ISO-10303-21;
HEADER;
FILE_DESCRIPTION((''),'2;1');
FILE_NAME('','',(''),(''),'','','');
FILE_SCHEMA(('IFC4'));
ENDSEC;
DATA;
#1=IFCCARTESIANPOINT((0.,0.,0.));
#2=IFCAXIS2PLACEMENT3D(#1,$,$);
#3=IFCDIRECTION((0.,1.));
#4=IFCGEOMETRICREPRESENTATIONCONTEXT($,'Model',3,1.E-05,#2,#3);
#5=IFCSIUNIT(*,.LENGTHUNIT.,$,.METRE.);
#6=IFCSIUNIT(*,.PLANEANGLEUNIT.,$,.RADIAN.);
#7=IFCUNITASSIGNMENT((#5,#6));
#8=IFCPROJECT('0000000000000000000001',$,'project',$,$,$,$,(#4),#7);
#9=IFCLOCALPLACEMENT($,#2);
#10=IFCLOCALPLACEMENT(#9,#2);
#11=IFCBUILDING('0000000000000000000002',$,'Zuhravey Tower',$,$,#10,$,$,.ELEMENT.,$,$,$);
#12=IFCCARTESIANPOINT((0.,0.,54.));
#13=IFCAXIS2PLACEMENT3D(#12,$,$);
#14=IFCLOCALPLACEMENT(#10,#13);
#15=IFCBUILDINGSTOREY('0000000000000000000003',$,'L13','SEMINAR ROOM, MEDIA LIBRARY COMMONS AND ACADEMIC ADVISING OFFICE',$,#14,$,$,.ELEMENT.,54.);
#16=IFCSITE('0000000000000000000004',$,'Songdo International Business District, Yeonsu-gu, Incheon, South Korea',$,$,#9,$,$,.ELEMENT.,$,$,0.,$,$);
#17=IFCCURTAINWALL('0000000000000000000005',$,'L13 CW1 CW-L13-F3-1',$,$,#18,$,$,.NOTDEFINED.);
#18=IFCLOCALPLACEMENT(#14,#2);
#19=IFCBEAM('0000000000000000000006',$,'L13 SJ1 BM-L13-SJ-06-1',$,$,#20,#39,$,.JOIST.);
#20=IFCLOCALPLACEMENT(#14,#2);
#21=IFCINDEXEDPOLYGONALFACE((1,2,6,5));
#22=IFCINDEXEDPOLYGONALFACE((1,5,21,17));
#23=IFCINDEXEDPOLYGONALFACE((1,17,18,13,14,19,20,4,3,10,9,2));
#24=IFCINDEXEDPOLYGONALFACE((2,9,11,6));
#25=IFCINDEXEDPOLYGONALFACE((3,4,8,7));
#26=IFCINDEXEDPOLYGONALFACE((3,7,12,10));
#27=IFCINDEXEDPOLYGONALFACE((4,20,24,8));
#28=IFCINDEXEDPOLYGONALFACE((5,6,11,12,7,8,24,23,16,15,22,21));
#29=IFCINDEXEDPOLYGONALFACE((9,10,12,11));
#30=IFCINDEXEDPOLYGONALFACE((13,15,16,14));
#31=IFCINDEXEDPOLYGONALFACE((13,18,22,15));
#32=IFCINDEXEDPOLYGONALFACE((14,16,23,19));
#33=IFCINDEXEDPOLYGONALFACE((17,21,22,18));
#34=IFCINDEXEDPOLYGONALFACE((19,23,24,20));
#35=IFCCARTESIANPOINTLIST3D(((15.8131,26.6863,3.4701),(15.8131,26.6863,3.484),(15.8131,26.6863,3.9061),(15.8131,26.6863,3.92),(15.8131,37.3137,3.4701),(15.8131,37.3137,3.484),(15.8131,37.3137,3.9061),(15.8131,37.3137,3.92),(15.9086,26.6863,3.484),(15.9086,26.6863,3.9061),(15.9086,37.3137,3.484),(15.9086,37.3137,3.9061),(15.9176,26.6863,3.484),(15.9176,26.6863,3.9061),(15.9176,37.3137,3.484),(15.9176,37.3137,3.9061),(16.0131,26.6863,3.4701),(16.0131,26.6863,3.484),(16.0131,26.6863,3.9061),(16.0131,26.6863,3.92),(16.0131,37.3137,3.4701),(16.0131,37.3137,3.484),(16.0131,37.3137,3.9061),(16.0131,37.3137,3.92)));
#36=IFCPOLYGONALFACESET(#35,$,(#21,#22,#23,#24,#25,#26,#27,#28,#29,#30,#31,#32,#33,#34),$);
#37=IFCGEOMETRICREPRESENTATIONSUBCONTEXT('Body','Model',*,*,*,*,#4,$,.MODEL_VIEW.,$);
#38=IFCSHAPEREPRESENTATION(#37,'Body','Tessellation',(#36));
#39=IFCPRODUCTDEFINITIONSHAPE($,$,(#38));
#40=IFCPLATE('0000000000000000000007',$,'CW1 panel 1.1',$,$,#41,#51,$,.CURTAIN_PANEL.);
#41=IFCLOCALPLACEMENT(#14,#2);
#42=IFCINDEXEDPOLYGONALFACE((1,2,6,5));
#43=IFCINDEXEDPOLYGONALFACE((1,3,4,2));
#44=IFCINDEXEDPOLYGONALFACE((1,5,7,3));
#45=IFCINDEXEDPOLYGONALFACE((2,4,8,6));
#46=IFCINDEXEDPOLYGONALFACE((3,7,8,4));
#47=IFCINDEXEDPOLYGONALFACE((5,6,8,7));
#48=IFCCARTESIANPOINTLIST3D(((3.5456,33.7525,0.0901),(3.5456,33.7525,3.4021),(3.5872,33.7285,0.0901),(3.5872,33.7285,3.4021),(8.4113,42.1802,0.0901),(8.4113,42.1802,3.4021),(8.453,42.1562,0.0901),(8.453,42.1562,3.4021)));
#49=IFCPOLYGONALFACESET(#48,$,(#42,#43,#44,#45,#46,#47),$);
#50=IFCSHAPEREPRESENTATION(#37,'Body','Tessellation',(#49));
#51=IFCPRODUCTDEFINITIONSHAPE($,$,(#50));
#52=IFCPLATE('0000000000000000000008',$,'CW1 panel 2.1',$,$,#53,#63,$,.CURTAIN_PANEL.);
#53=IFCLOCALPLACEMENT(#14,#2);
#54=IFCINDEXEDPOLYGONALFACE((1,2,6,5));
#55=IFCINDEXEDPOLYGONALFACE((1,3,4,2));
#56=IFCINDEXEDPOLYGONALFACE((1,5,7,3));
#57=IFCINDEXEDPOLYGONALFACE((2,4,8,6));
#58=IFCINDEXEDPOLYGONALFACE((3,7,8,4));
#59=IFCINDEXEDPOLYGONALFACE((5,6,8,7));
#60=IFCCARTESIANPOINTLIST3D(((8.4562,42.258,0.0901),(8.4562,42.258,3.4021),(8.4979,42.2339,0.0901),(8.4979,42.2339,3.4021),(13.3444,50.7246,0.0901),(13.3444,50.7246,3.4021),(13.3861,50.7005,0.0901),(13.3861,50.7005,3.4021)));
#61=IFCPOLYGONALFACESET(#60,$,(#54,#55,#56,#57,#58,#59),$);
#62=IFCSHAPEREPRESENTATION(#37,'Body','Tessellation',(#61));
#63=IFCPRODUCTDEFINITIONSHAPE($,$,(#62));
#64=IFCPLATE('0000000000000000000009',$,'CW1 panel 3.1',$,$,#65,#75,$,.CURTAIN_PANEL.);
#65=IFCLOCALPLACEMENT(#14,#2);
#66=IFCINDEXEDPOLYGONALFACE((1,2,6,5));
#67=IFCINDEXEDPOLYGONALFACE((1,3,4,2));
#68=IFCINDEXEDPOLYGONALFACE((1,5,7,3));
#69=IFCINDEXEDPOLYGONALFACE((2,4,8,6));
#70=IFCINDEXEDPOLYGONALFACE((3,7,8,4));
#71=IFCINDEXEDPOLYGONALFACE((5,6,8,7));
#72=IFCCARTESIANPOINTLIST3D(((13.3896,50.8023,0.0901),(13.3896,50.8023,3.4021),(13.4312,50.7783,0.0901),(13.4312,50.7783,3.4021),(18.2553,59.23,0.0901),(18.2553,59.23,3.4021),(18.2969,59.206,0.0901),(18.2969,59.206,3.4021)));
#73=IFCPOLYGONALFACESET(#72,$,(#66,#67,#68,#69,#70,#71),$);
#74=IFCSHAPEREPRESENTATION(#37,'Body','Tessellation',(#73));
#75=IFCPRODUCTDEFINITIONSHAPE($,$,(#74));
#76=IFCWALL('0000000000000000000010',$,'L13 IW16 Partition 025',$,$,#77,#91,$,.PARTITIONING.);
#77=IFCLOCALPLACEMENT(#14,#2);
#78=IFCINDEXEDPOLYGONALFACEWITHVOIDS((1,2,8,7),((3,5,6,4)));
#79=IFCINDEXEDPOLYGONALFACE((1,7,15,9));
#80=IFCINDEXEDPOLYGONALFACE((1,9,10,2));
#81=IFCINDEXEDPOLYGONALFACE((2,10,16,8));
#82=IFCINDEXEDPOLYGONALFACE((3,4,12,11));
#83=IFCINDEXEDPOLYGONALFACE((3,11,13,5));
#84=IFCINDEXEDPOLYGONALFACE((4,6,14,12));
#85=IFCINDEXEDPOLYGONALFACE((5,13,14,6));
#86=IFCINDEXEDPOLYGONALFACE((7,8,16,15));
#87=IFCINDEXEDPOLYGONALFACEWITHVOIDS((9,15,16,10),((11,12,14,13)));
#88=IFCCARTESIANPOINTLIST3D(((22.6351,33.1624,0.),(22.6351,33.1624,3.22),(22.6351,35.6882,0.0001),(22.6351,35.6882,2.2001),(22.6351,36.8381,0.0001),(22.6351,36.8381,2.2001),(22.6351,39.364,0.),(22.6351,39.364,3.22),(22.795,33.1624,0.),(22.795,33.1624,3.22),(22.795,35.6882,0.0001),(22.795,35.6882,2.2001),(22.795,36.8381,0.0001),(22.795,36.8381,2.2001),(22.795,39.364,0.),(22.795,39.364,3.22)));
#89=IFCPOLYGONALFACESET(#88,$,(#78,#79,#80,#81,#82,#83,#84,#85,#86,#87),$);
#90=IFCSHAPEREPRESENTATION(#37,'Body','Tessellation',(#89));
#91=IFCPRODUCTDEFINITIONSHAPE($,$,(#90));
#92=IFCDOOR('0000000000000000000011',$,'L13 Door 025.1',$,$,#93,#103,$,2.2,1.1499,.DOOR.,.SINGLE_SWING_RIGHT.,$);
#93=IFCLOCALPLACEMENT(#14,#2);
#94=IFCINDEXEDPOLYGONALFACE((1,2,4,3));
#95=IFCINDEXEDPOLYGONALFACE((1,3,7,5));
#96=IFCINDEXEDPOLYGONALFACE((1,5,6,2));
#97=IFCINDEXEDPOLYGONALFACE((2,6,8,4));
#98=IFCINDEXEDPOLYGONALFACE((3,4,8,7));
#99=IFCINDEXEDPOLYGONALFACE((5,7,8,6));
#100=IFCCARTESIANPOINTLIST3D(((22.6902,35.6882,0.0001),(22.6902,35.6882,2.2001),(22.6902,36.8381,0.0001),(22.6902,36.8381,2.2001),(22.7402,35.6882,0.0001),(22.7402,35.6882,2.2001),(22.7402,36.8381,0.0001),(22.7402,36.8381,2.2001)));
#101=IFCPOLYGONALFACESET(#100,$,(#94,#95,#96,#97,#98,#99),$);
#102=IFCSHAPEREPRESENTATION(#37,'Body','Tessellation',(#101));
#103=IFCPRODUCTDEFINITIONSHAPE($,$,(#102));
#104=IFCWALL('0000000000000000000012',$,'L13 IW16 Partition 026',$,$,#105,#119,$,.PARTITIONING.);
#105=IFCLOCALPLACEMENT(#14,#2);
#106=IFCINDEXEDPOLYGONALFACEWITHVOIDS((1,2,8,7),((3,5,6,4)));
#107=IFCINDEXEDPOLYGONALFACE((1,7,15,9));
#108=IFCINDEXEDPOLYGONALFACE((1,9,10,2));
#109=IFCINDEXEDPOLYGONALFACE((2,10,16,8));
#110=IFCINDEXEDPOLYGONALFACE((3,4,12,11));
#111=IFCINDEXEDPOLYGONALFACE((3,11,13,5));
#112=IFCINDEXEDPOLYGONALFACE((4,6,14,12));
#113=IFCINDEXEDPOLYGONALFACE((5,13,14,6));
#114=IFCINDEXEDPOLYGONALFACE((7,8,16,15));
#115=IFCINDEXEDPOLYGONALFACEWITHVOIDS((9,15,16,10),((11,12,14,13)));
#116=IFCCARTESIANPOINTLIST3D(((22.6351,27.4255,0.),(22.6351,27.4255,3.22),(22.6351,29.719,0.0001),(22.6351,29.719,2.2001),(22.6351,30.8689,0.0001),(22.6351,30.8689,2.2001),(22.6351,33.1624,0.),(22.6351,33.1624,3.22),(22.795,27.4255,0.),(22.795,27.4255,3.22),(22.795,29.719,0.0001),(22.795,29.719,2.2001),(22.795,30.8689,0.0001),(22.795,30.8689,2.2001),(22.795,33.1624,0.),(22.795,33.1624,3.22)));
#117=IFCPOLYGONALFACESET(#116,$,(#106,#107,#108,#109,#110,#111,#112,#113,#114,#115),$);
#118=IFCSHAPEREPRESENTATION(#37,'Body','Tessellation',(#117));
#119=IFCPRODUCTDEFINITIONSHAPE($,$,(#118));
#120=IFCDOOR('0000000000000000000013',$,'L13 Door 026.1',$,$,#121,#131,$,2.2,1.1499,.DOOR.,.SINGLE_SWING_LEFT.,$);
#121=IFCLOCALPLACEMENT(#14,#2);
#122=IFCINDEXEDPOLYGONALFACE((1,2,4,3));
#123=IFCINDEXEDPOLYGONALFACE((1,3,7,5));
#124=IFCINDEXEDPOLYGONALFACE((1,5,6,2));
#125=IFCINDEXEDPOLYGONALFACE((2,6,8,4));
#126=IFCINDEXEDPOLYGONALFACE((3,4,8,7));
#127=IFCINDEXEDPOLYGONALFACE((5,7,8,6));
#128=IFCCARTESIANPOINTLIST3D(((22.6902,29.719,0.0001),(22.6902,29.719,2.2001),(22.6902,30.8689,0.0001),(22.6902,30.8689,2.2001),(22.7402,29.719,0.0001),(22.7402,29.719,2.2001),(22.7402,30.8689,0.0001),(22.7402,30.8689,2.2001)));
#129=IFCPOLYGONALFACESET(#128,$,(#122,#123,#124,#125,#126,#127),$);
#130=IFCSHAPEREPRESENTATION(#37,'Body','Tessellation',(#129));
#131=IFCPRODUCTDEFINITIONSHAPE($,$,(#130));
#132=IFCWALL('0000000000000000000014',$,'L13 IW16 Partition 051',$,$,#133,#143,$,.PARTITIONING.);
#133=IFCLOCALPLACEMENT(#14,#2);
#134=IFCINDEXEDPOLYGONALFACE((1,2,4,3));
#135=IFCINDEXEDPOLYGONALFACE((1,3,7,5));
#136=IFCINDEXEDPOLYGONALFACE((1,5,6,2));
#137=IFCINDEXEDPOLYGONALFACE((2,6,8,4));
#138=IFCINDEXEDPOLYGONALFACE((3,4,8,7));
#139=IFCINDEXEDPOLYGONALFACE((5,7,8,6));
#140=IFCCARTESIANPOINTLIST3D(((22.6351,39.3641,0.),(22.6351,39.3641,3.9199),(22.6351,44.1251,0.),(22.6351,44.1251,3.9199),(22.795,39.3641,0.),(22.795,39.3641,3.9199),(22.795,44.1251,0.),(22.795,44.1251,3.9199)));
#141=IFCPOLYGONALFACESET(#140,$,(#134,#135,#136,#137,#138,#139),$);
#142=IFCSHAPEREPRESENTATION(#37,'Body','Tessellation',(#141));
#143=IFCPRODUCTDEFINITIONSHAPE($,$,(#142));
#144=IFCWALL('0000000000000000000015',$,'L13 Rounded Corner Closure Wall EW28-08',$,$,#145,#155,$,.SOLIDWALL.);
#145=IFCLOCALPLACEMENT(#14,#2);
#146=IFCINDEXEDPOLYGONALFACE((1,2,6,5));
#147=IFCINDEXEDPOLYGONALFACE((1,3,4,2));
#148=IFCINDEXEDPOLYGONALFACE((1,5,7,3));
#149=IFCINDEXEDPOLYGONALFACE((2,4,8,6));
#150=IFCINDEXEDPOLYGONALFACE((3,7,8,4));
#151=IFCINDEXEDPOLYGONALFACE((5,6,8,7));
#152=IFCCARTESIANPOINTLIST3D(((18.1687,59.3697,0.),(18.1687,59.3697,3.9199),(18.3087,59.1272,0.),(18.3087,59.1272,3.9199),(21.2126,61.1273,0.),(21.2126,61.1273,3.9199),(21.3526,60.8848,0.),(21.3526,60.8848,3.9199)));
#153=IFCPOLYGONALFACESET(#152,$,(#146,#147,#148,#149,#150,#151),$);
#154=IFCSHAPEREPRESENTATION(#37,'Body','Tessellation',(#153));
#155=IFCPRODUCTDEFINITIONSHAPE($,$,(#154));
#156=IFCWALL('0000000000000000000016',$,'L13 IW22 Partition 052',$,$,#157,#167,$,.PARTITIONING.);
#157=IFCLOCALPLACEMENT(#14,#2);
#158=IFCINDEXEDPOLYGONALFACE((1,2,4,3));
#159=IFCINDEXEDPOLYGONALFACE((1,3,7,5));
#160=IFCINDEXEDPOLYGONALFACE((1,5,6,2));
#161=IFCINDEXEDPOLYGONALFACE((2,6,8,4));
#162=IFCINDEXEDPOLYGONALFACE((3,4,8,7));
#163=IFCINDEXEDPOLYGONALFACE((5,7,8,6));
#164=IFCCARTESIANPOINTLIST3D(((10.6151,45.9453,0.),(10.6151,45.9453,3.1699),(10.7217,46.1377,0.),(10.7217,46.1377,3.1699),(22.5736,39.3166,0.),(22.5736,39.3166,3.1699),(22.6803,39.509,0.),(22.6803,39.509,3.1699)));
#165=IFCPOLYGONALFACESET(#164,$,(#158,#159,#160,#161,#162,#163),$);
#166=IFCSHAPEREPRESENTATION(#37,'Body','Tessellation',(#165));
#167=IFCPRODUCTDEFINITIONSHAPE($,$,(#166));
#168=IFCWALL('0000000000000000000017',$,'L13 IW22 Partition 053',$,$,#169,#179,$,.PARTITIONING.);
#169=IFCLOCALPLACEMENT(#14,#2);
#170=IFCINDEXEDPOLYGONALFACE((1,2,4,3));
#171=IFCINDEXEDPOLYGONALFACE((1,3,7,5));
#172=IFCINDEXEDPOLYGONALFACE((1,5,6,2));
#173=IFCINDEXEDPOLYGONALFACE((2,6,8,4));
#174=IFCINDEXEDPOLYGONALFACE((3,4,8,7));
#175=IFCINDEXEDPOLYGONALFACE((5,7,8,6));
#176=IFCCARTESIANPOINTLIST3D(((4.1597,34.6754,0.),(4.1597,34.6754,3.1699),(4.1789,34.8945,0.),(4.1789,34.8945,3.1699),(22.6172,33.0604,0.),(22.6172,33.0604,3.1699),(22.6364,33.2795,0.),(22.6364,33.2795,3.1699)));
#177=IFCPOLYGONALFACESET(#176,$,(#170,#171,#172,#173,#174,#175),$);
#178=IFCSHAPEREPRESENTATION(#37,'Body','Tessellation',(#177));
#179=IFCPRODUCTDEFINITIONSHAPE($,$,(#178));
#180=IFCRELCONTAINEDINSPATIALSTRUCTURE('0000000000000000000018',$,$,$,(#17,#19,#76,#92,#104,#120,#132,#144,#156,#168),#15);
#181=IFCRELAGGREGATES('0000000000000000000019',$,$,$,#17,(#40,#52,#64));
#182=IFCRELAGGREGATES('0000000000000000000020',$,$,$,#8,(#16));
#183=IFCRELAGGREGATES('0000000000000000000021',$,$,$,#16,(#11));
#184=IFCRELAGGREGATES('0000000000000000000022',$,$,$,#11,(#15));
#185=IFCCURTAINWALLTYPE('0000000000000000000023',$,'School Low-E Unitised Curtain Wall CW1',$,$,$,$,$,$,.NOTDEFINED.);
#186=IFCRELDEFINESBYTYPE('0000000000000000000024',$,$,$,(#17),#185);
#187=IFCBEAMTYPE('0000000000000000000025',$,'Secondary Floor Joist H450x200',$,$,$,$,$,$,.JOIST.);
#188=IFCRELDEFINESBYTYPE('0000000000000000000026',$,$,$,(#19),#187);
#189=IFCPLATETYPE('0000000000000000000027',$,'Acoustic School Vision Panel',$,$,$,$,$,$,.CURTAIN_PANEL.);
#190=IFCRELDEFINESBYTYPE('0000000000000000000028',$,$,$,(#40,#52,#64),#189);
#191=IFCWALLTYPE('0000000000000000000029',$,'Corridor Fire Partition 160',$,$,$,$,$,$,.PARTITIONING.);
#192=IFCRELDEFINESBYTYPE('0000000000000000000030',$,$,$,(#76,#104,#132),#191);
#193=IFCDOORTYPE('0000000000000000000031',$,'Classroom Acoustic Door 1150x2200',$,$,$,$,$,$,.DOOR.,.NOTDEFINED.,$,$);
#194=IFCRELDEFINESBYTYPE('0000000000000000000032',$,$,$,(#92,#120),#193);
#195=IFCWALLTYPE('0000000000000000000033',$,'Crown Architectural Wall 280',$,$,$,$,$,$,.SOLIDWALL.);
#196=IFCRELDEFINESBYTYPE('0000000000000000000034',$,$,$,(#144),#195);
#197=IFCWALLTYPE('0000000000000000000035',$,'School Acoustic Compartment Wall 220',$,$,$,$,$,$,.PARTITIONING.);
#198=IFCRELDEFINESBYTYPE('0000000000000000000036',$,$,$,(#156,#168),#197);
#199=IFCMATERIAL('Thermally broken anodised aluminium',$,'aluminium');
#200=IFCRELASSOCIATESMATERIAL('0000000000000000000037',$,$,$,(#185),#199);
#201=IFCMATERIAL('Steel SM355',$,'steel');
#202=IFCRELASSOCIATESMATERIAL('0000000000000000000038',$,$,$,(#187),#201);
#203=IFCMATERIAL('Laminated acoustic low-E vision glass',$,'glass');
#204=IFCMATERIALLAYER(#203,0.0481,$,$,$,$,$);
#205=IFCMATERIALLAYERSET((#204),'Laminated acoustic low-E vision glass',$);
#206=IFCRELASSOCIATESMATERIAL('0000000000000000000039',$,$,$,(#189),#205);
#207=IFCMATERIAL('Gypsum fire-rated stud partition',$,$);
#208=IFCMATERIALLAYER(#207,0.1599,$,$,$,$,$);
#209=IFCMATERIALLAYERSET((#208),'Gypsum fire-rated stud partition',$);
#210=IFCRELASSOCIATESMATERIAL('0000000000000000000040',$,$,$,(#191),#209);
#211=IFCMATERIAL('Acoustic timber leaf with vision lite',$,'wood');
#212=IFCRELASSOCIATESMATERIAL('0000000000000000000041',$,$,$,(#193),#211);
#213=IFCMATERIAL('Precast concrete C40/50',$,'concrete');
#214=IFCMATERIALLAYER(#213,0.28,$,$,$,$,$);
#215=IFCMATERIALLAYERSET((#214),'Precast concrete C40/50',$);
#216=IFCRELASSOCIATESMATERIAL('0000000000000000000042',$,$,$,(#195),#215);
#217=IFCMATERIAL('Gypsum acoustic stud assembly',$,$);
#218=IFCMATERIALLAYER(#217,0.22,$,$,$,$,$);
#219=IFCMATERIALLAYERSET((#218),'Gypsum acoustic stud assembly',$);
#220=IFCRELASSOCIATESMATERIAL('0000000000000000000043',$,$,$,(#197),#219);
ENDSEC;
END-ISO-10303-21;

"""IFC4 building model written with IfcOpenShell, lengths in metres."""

from ifc_helpers import new_model, si_unit, direction, frame, frame_2d, origin, origin_2d, place, context, subcontext, project, spatial, rectangle, i_section, extrude, material, layer, layer_set, material_profile, profile_set, type_object, element, fill, aggregate, save


model = new_model("IFC4")

# Units and contexts
model_context = context("Model", 3, precision=1e-05, world=origin(), true_north=direction((0.0, 1.0)))
body_context = subcontext(model_context, "Body", "Model", "MODEL_VIEW")
ifc_project = project(units=[si_unit("LENGTHUNIT", "METRE"), si_unit("PLANEANGLEUNIT", "RADIAN")], contexts=[model_context])

# Site, building, storey
site_placement = place(None, origin())
site = spatial("IfcSite", under=ifc_project, at=site_placement, Name="Songdo International Business District, Yeonsu-gu, Incheon, South Korea", CompositionType="ELEMENT", RefElevation=0.0)
building_placement = place(site_placement, origin())
building = spatial("IfcBuilding", under=site, at=building_placement, Name="Zuhravey Tower", CompositionType="ELEMENT")
storey_placement = place(building_placement, frame((0.0, 0.0, 54.0)))
storey = spatial("IfcBuildingStorey", under=building, at=storey_placement, Name="L13", Description="SEMINAR ROOM, MEDIA LIBRARY COMMONS AND ACADEMIC ADVISING OFFICE", CompositionType="ELEMENT", Elevation=54.0)

# Curtain wall
ifc_material_1 = material(Name="Thermally broken anodised aluminium", Category="aluminium")
curtain_wall_type = type_object("IfcCurtainWallType", Name="School Low-E Unitised Curtain Wall CW1", PredefinedType="NOTDEFINED", material=ifc_material_1)
curtain_wall_1_placement = place(storey_placement, origin())
curtain_wall_1 = element("IfcCurtainWall", 1, at=curtain_wall_1_placement, inside=storey, type_object=curtain_wall_type, Name="L13 CW1 CW-L13-F3-1", PredefinedType="NOTDEFINED")

# Beam
ifc_material_2 = material(Name="Steel SM355", Category="steel")
ifc_material_profile_1 = material_profile(ifc_material_2, i_section(OverallWidth=0.2, OverallDepth=0.45, WebThickness=0.009, FlangeThickness=0.0139, at=origin_2d()), Name="H-450x200x9x14")
ifc_profile_set_1 = profile_set([ifc_material_profile_1], Name="Steel SM355")
beam_type_1 = type_object("IfcBeamType", Name="Secondary Floor Joist H450x200", PredefinedType="JOIST", material=ifc_profile_set_1)
beam_1_placement = place(storey_placement, frame((15.9131, 37.3137, 3.6951), z_axis=(0.0, -1.0, 0.0), x_axis=(1.0, 0.0, 0.0)))
element("IfcBeam", 2, at=beam_1_placement, inside=storey, type_object=beam_type_1, Name="L13 SJ1 BM-L13-SJ-06-1", PredefinedType="JOIST", context=body_context, shape_type="SweptSolid", body=[
    extrude(i_section(OverallWidth=0.2, OverallDepth=0.45, WebThickness=0.009, FlangeThickness=0.0139, at=origin_2d()), origin(), (0.0, 0.0, 1.0), 10.6274),
])

# Plates
ifc_material_3 = material(Name="Laminated acoustic low-E vision glass", Category="glass")
ifc_layer_1 = layer(ifc_material_3, 0.0481)
ifc_layer_set_1 = layer_set([ifc_layer_1], Name="Laminated acoustic low-E vision glass")
plate_type = type_object("IfcPlateType", Name="Acoustic School Vision Panel", PredefinedType="CURTAIN_PANEL", material=ifc_layer_set_1)
plate_1_placement = place(storey_placement, frame((5.9993, 37.9543, 0.0901), z_axis=(0.0, 0.0, 1.0), x_axis=(0.5, 0.866026, 0.0)))
plate_1 = element("IfcPlate", 3, at=plate_1_placement, type_object=plate_type, Name="CW1 panel 1.1", PredefinedType="CURTAIN_PANEL", context=body_context, shape_type="SweptSolid", body=[
    extrude(rectangle(XDim=9.7314, YDim=0.0481, at=origin_2d()), origin(), (0.0, 0.0, 1.0), 3.312),
])
plate_2_placement = place(storey_placement, frame((10.9211, 46.4792, 0.0901), z_axis=(0.0, 0.0, 1.0), x_axis=(0.5, 0.866026, 0.0)))
plate_2 = element("IfcPlate", 4, at=plate_2_placement, type_object=plate_type, Name="CW1 panel 2.1", PredefinedType="CURTAIN_PANEL", context=body_context, shape_type="SweptSolid", body=[
    extrude(rectangle(XDim=9.7764, YDim=0.0481, at=origin_2d()), origin(), (0.0, 0.0, 1.0), 3.312),
])
plate_3_placement = place(storey_placement, frame((15.8433, 55.0042, 0.0901), z_axis=(0.0, 0.0, 1.0), x_axis=(0.5, 0.866026, 0.0)))
plate_3 = element("IfcPlate", 5, at=plate_3_placement, type_object=plate_type, Name="CW1 panel 3.1", PredefinedType="CURTAIN_PANEL", context=body_context, shape_type="SweptSolid", body=[
    extrude(rectangle(XDim=9.7314, YDim=0.0481, at=origin_2d()), origin(), (0.0, 0.0, 1.0), 3.312),
])
aggregate(curtain_wall_1, [plate_1, plate_2, plate_3])

# Walls, openings, doors
ifc_material_4 = material(Name="Gypsum fire-rated stud partition")
ifc_layer_2 = layer(ifc_material_4, 0.1599)
ifc_layer_set_2 = layer_set([ifc_layer_2], Name="Gypsum fire-rated stud partition")
wall_type_1 = type_object("IfcWallType", Name="Corridor Fire Partition 160", PredefinedType="PARTITIONING", material=ifc_layer_set_2)
wall_1_placement = place(storey_placement, frame((22.7151, 39.364, 0.0), z_axis=(0.0, 0.0, 1.0), x_axis=(0.0, -1.0, 0.0)))
wall_1 = element("IfcWall", 6, at=wall_1_placement, inside=storey, type_object=wall_type_1, Name="L13 IW16 Partition 025", PredefinedType="PARTITIONING", context=body_context, shape_type="SweptSolid", body=[
    extrude(rectangle(XDim=6.2017, YDim=0.1599, at=frame_2d((3.1008, 0.0))), origin(), (0.0, 0.0, 1.0), 3.22),
])
opening_1_placement = place(wall_1_placement, frame((2.5259, 0.0, 0.0)))
opening_1 = element("IfcOpeningElement", 7, at=opening_1_placement, cuts=wall_1, PredefinedType="OPENING", context=body_context, shape_type="SweptSolid", body=[
    extrude(rectangle(XDim=1.1499, YDim=2.2, at=frame_2d((0.575, 1.1001))), frame((0.0, 0.092, 0.0), z_axis=(0.0, -1.0, 0.0), x_axis=(1.0, 0.0, 0.0)), (0.0, 0.0, 1.0), 0.1838),
])
ifc_material_5 = material(Name="Acoustic timber leaf with vision lite", Category="wood")
door_type = type_object("IfcDoorType", Name="Classroom Acoustic Door 1150x2200", OperationType="NOTDEFINED", PredefinedType="DOOR", material=ifc_material_5)
door_1_placement = place(opening_1_placement, frame((1.1499, 0.0, 0.0), z_axis=(0.0, 0.0, 1.0), x_axis=(-1.0, 0.0, 0.0)))
door_1 = element("IfcDoor", 8, at=door_1_placement, inside=storey, type_object=door_type, Name="L13 Door 025.1", OperationType="SINGLE_SWING_RIGHT", OverallHeight=2.2, OverallWidth=1.1499, PredefinedType="DOOR", context=body_context, shape_type="SweptSolid", body=[
    extrude(rectangle(XDim=1.1499, YDim=2.2, at=frame_2d((0.575, 1.1001))), frame((0.0, 0.0249, 0.0), z_axis=(0.0, -1.0, 0.0), x_axis=(1.0, 0.0, 0.0)), (0.0, 0.0, 1.0), 0.05),
])
fill(opening_1, door_1)
wall_2_placement = place(storey_placement, frame((22.7151, 33.1624, 0.0), z_axis=(0.0, 0.0, 1.0), x_axis=(0.0, -1.0, 0.0)))
wall_2 = element("IfcWall", 9, at=wall_2_placement, inside=storey, type_object=wall_type_1, Name="L13 IW16 Partition 026", PredefinedType="PARTITIONING", context=body_context, shape_type="SweptSolid", body=[
    extrude(rectangle(XDim=5.7368, YDim=0.1599, at=frame_2d((2.8684, 0.0))), origin(), (0.0, 0.0, 1.0), 3.22),
])
opening_2_placement = place(wall_2_placement, frame((2.2935, 0.0, 0.0)))
opening_2 = element("IfcOpeningElement", 10, at=opening_2_placement, cuts=wall_2, PredefinedType="OPENING", context=body_context, shape_type="SweptSolid", body=[
    extrude(rectangle(XDim=1.1499, YDim=2.2, at=frame_2d((0.575, 1.1001))), frame((0.0, 0.092, 0.0), z_axis=(0.0, -1.0, 0.0), x_axis=(1.0, 0.0, 0.0)), (0.0, 0.0, 1.0), 0.1838),
])
door_2_placement = place(opening_2_placement, frame((1.1499, 0.0, 0.0), z_axis=(0.0, 0.0, 1.0), x_axis=(-1.0, 0.0, 0.0)))
door_2 = element("IfcDoor", 11, at=door_2_placement, inside=storey, type_object=door_type, Name="L13 Door 026.1", OperationType="SINGLE_SWING_LEFT", OverallHeight=2.2, OverallWidth=1.1499, PredefinedType="DOOR", context=body_context, shape_type="SweptSolid", body=[
    extrude(rectangle(XDim=1.1499, YDim=2.2, at=frame_2d((0.575, 1.1001))), frame((0.0, 0.0249, 0.0), z_axis=(0.0, -1.0, 0.0), x_axis=(1.0, 0.0, 0.0)), (0.0, 0.0, 1.0), 0.05),
])
fill(opening_2, door_2)

# Walls
wall_3_placement = place(storey_placement, frame((22.7151, 44.125, 0.0), z_axis=(0.0, 0.0, 1.0), x_axis=(0.0, -1.0, 0.0)))
element("IfcWall", 12, at=wall_3_placement, inside=storey, type_object=wall_type_1, Name="L13 IW16 Partition 051", PredefinedType="PARTITIONING", context=body_context, shape_type="SweptSolid", body=[
    extrude(rectangle(XDim=4.761, YDim=0.1599, at=frame_2d((2.3804, 0.0))), origin(), (0.0, 0.0, 1.0), 3.9199),
])
ifc_material_6 = material(Name="Precast concrete C40/50", Category="concrete")
ifc_layer_3 = layer(ifc_material_6, 0.28)
ifc_layer_set_3 = layer_set([ifc_layer_3], Name="Precast concrete C40/50")
wall_type_2 = type_object("IfcWallType", Name="Crown Architectural Wall 280", PredefinedType="SOLIDWALL", material=ifc_layer_set_3)
wall_4_placement = place(storey_placement, frame((18.2388, 59.2485, 0.0), z_axis=(0.0, 0.0, 1.0), x_axis=(0.866007, 0.500031, 0.0)))
element("IfcWall", 13, at=wall_4_placement, inside=storey, type_object=wall_type_2, Name="L13 Rounded Corner Closure Wall EW28-08", PredefinedType="SOLIDWALL", context=body_context, shape_type="SweptSolid", body=[
    extrude(rectangle(XDim=3.5149, YDim=0.28, at=frame_2d((1.7573, 0.0))), origin(), (0.0, 0.0, 1.0), 3.9199),
])
ifc_material_7 = material(Name="Gypsum acoustic stud assembly")
ifc_layer_4 = layer(ifc_material_7, 0.22)
ifc_layer_set_4 = layer_set([ifc_layer_4], Name="Gypsum acoustic stud assembly")
wall_type_3 = type_object("IfcWallType", Name="School Acoustic Compartment Wall 220", PredefinedType="PARTITIONING", material=ifc_layer_set_4)
wall_5_placement = place(storey_placement, frame((22.627, 39.4128, 0.0), z_axis=(0.0, 0.0, 1.0), x_axis=(-0.874621, 0.484807, 0.0)))
element("IfcWall", 14, at=wall_5_placement, inside=storey, type_object=wall_type_3, Name="L13 IW22 Partition 052", PredefinedType="PARTITIONING", context=body_context, shape_type="SweptSolid", body=[
    extrude(rectangle(XDim=13.6729, YDim=0.22, at=frame_2d((6.8364, 0.0))), origin(), (0.0, 0.0, 1.0), 3.1699),
])
wall_6_placement = place(storey_placement, frame((22.627, 33.1699, 0.0), z_axis=(0.0, 0.0, 1.0), x_axis=(-0.996194, 0.087165, 0.0)))
element("IfcWall", 15, at=wall_6_placement, inside=storey, type_object=wall_type_3, Name="L13 IW22 Partition 053", PredefinedType="PARTITIONING", context=body_context, shape_type="SweptSolid", body=[
    extrude(rectangle(XDim=18.5281, YDim=0.22, at=frame_2d((9.2642, 0.0))), origin(), (0.0, 0.0, 1.0), 3.1699),
])

save(model, "model.ifc")
